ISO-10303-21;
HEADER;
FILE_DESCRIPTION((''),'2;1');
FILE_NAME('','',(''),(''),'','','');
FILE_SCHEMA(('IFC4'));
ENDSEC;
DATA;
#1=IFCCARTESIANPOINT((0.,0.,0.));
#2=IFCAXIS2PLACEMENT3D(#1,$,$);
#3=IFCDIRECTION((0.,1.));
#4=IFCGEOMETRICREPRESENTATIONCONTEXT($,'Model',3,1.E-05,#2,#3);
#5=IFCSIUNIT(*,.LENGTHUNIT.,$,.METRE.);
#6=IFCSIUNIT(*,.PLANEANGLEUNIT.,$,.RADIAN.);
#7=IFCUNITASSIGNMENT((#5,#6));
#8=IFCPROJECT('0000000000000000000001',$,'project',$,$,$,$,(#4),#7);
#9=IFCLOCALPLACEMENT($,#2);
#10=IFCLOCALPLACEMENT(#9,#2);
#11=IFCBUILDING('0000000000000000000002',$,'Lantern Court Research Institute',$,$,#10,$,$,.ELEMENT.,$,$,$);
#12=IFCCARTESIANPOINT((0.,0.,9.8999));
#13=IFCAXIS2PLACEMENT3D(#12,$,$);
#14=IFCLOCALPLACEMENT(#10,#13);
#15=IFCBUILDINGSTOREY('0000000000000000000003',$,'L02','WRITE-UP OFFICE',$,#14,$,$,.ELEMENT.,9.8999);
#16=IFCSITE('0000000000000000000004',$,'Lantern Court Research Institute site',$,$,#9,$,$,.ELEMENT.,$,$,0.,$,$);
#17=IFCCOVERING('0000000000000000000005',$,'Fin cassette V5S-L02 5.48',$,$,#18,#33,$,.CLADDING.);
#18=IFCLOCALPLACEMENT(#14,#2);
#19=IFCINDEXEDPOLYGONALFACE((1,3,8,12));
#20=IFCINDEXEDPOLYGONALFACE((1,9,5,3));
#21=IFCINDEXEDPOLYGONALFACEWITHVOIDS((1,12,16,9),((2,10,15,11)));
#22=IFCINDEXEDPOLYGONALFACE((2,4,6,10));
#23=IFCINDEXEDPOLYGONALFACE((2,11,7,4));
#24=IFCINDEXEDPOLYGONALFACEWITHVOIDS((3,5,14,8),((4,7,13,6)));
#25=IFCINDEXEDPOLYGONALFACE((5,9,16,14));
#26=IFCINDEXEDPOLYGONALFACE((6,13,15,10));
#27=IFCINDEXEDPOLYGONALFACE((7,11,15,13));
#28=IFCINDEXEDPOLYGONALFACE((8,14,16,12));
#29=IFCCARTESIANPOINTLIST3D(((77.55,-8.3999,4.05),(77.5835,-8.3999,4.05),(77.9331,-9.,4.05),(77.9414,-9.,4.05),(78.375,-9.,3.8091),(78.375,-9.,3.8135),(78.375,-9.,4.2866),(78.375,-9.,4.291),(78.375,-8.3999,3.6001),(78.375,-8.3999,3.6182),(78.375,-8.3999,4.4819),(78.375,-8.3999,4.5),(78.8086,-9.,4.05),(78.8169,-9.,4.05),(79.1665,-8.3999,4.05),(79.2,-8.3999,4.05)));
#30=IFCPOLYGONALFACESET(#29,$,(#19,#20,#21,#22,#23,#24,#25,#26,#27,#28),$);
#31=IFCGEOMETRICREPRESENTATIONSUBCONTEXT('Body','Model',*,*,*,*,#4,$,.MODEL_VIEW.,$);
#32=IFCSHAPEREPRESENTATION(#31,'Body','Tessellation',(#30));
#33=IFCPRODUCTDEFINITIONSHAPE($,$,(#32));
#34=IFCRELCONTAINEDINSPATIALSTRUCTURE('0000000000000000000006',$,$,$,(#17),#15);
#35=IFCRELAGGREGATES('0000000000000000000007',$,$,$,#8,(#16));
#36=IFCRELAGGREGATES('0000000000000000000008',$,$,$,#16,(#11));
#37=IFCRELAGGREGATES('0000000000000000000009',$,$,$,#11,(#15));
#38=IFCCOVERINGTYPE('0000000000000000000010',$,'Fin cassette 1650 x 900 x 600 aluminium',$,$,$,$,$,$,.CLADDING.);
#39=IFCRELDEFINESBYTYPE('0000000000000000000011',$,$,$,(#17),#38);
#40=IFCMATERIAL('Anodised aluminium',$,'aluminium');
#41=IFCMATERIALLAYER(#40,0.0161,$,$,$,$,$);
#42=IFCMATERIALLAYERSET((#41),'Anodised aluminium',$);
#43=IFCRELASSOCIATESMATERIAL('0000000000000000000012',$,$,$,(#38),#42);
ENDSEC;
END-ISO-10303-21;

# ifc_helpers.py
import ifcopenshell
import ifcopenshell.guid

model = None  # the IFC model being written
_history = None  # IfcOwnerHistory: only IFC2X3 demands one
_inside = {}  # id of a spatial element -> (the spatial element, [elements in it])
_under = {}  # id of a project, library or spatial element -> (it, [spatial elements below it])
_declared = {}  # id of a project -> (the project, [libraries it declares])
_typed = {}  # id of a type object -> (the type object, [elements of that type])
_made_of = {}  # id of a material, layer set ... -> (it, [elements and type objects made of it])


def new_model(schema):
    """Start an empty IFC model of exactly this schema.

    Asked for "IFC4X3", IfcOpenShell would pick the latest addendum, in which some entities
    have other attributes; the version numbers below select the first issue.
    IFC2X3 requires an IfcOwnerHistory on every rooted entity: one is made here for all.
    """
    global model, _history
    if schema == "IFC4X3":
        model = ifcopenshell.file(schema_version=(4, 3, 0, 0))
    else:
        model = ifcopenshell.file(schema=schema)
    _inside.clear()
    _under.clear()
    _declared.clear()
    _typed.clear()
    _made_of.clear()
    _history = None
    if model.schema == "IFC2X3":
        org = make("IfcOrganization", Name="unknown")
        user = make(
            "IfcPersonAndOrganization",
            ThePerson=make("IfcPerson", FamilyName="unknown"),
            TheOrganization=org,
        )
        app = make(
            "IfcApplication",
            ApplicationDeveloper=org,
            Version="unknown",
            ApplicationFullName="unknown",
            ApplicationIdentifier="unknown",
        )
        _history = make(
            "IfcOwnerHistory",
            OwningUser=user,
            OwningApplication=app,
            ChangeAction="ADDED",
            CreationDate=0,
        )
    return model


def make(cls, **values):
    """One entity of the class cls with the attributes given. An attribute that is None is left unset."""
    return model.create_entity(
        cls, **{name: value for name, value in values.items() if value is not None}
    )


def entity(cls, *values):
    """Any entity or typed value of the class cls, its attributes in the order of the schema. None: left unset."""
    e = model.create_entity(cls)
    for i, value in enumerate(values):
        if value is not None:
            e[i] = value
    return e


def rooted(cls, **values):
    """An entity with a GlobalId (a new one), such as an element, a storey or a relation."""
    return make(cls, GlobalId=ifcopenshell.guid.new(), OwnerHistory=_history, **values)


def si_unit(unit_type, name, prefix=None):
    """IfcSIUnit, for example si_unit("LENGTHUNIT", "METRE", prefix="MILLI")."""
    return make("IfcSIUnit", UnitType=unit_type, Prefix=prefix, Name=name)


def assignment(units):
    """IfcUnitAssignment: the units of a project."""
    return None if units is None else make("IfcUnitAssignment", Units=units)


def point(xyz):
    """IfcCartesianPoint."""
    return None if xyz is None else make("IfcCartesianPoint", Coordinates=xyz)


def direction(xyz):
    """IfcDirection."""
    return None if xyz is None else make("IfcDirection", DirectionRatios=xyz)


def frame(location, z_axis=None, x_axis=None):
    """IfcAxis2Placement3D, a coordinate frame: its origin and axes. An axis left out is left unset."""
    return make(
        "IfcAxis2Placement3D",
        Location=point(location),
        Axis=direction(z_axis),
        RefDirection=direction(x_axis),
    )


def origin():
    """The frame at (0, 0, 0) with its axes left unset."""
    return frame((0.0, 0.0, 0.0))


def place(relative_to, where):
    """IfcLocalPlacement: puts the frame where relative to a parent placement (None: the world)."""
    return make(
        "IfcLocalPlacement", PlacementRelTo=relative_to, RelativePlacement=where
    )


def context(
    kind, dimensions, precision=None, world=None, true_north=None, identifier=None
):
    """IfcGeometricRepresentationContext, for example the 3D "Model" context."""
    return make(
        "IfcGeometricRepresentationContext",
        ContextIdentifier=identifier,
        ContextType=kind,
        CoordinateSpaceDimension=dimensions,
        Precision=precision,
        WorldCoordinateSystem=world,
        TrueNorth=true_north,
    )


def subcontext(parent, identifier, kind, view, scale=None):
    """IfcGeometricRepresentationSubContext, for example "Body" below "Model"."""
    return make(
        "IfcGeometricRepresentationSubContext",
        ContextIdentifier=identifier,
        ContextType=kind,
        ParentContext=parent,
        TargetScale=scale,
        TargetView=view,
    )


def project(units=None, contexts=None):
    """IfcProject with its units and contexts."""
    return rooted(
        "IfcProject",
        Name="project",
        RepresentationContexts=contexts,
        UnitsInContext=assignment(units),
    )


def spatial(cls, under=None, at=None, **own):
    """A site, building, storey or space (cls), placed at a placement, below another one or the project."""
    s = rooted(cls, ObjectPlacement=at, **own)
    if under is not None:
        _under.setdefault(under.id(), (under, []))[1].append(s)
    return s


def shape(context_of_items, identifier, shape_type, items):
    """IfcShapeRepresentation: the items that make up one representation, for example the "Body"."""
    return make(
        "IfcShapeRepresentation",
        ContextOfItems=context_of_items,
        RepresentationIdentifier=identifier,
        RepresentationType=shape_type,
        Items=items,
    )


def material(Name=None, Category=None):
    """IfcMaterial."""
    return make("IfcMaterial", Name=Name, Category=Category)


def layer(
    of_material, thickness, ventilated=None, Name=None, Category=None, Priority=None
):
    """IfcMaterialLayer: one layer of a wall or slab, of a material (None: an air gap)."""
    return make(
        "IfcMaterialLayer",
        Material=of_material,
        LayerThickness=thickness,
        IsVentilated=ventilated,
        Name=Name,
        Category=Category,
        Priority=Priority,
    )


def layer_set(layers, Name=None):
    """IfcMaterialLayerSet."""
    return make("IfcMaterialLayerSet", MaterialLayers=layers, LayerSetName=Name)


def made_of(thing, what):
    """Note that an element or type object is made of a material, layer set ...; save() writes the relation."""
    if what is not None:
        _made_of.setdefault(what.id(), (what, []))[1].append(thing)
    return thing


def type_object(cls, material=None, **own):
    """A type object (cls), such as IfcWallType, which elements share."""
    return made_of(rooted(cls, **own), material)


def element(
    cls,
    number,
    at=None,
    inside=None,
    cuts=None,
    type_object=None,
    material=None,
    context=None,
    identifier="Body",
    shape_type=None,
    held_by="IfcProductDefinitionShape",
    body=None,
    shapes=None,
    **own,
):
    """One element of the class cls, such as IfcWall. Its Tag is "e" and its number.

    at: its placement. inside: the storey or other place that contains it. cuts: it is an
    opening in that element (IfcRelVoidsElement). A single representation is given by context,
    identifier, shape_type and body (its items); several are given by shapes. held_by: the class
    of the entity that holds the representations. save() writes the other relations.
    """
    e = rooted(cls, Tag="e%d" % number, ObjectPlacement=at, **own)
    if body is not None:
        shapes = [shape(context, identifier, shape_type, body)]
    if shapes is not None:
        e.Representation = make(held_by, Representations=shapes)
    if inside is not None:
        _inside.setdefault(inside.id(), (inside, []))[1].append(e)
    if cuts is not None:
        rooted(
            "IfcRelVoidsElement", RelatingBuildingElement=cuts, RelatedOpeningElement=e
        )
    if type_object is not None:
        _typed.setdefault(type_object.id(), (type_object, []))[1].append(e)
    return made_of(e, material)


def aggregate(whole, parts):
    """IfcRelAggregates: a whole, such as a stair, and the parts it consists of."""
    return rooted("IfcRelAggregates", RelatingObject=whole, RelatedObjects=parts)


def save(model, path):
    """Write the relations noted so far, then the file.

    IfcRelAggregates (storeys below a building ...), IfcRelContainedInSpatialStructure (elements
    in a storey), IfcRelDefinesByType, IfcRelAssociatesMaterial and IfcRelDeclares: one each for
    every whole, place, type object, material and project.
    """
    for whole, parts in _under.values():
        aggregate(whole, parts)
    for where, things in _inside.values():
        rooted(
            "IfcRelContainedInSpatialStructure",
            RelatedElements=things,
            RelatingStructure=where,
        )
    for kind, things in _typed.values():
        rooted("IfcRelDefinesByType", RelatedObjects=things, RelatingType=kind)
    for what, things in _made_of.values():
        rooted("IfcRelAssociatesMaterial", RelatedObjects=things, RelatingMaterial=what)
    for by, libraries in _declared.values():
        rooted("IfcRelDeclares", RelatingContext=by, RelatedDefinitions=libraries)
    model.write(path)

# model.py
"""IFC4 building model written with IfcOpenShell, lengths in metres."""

from ifc_helpers import new_model, entity, si_unit, direction, frame, origin, place, context, subcontext, project, spatial, material, layer, layer_set, type_object, element, save


model = new_model("IFC4")

# Units and contexts
model_context = context("Model", 3, precision=1e-05, world=origin(), true_north=direction((0.0, 1.0)))
body_context = subcontext(model_context, "Body", "Model", "MODEL_VIEW")
ifc_project = project(units=[si_unit("LENGTHUNIT", "METRE"), si_unit("PLANEANGLEUNIT", "RADIAN")], contexts=[model_context])

# Site, building, storey
site_placement = place(None, origin())
site = spatial("IfcSite", under=ifc_project, at=site_placement, Name="Lantern Court Research Institute site", CompositionType="ELEMENT", RefElevation=0.0)
building_placement = place(site_placement, origin())
building = spatial("IfcBuilding", under=site, at=building_placement, Name="Lantern Court Research Institute", CompositionType="ELEMENT")
storey_placement = place(building_placement, frame((0.0, 0.0, 9.8999)))
storey = spatial("IfcBuildingStorey", under=building, at=storey_placement, Name="L02", Description="WRITE-UP OFFICE", CompositionType="ELEMENT", Elevation=9.8999)

# Covering
ifc_material_1 = material(Name="Anodised aluminium", Category="aluminium")
ifc_layer_1 = layer(ifc_material_1, 0.0161)
ifc_layer_set_1 = layer_set([ifc_layer_1], Name="Anodised aluminium")
covering_type = type_object("IfcCoveringType", Name="Fin cassette 1650 x 900 x 600 aluminium", PredefinedType="CLADDING", material=ifc_layer_set_1)
covering_1_placement = place(storey_placement, frame((78.375, -8.3999, 4.05), z_axis=(0.0, -1.0, 0.0), x_axis=(1.0, 0.0, 0.0)))
cartesian_point_1 = entity("IfcCartesianPoint", [0.825, 0.0])
cartesian_point_2 = entity("IfcCartesianPoint", [0.7915, 0.0])
cartesian_point_3 = entity("IfcCartesianPoint", [0.4419, 0.0])
cartesian_point_4 = entity("IfcCartesianPoint", [0.4336, 0.0])
element("IfcCovering", 1, at=covering_1_placement, inside=storey, type_object=covering_type, Name="Fin cassette V5S-L02 5.48", PredefinedType="CLADDING", context=body_context, shape_type="SweptSolid", body=[
    entity("IfcExtrudedAreaSolidTapered", entity("IfcArbitraryProfileDefWithVoids", "AREA", None, entity("IfcPolyline", [cartesian_point_1, entity("IfcCartesianPoint", [0.0, 0.45]), entity("IfcCartesianPoint", [-0.825, 0.0]), entity("IfcCartesianPoint", [0.0, -0.45]), cartesian_point_1]), [entity("IfcPolyline", [cartesian_point_2, entity("IfcCartesianPoint", [0.0, 0.4319]), entity("IfcCartesianPoint", [-0.7915, 0.0]), entity("IfcCartesianPoint", [0.0, -0.4319]), cartesian_point_2])]), entity("IfcAxis2Placement3D", entity("IfcCartesianPoint", [0.0, 0.0, 0.0])), entity("IfcDirection", [0.0, 0.0, 1.0]), 0.6001, entity("IfcArbitraryProfileDefWithVoids", "AREA", None, entity("IfcPolyline", [cartesian_point_3, entity("IfcCartesianPoint", [0.0, 0.241]), entity("IfcCartesianPoint", [-0.4419, 0.0]), entity("IfcCartesianPoint", [0.0, -0.241]), cartesian_point_3]), [entity("IfcPolyline", [cartesian_point_4, entity("IfcCartesianPoint", [0.0, 0.2366]), entity("IfcCartesianPoint", [-0.4336, 0.0]), entity("IfcCartesianPoint", [0.0, -0.2366]), cartesian_point_4])])),
])

save(model, "model.ifc")
